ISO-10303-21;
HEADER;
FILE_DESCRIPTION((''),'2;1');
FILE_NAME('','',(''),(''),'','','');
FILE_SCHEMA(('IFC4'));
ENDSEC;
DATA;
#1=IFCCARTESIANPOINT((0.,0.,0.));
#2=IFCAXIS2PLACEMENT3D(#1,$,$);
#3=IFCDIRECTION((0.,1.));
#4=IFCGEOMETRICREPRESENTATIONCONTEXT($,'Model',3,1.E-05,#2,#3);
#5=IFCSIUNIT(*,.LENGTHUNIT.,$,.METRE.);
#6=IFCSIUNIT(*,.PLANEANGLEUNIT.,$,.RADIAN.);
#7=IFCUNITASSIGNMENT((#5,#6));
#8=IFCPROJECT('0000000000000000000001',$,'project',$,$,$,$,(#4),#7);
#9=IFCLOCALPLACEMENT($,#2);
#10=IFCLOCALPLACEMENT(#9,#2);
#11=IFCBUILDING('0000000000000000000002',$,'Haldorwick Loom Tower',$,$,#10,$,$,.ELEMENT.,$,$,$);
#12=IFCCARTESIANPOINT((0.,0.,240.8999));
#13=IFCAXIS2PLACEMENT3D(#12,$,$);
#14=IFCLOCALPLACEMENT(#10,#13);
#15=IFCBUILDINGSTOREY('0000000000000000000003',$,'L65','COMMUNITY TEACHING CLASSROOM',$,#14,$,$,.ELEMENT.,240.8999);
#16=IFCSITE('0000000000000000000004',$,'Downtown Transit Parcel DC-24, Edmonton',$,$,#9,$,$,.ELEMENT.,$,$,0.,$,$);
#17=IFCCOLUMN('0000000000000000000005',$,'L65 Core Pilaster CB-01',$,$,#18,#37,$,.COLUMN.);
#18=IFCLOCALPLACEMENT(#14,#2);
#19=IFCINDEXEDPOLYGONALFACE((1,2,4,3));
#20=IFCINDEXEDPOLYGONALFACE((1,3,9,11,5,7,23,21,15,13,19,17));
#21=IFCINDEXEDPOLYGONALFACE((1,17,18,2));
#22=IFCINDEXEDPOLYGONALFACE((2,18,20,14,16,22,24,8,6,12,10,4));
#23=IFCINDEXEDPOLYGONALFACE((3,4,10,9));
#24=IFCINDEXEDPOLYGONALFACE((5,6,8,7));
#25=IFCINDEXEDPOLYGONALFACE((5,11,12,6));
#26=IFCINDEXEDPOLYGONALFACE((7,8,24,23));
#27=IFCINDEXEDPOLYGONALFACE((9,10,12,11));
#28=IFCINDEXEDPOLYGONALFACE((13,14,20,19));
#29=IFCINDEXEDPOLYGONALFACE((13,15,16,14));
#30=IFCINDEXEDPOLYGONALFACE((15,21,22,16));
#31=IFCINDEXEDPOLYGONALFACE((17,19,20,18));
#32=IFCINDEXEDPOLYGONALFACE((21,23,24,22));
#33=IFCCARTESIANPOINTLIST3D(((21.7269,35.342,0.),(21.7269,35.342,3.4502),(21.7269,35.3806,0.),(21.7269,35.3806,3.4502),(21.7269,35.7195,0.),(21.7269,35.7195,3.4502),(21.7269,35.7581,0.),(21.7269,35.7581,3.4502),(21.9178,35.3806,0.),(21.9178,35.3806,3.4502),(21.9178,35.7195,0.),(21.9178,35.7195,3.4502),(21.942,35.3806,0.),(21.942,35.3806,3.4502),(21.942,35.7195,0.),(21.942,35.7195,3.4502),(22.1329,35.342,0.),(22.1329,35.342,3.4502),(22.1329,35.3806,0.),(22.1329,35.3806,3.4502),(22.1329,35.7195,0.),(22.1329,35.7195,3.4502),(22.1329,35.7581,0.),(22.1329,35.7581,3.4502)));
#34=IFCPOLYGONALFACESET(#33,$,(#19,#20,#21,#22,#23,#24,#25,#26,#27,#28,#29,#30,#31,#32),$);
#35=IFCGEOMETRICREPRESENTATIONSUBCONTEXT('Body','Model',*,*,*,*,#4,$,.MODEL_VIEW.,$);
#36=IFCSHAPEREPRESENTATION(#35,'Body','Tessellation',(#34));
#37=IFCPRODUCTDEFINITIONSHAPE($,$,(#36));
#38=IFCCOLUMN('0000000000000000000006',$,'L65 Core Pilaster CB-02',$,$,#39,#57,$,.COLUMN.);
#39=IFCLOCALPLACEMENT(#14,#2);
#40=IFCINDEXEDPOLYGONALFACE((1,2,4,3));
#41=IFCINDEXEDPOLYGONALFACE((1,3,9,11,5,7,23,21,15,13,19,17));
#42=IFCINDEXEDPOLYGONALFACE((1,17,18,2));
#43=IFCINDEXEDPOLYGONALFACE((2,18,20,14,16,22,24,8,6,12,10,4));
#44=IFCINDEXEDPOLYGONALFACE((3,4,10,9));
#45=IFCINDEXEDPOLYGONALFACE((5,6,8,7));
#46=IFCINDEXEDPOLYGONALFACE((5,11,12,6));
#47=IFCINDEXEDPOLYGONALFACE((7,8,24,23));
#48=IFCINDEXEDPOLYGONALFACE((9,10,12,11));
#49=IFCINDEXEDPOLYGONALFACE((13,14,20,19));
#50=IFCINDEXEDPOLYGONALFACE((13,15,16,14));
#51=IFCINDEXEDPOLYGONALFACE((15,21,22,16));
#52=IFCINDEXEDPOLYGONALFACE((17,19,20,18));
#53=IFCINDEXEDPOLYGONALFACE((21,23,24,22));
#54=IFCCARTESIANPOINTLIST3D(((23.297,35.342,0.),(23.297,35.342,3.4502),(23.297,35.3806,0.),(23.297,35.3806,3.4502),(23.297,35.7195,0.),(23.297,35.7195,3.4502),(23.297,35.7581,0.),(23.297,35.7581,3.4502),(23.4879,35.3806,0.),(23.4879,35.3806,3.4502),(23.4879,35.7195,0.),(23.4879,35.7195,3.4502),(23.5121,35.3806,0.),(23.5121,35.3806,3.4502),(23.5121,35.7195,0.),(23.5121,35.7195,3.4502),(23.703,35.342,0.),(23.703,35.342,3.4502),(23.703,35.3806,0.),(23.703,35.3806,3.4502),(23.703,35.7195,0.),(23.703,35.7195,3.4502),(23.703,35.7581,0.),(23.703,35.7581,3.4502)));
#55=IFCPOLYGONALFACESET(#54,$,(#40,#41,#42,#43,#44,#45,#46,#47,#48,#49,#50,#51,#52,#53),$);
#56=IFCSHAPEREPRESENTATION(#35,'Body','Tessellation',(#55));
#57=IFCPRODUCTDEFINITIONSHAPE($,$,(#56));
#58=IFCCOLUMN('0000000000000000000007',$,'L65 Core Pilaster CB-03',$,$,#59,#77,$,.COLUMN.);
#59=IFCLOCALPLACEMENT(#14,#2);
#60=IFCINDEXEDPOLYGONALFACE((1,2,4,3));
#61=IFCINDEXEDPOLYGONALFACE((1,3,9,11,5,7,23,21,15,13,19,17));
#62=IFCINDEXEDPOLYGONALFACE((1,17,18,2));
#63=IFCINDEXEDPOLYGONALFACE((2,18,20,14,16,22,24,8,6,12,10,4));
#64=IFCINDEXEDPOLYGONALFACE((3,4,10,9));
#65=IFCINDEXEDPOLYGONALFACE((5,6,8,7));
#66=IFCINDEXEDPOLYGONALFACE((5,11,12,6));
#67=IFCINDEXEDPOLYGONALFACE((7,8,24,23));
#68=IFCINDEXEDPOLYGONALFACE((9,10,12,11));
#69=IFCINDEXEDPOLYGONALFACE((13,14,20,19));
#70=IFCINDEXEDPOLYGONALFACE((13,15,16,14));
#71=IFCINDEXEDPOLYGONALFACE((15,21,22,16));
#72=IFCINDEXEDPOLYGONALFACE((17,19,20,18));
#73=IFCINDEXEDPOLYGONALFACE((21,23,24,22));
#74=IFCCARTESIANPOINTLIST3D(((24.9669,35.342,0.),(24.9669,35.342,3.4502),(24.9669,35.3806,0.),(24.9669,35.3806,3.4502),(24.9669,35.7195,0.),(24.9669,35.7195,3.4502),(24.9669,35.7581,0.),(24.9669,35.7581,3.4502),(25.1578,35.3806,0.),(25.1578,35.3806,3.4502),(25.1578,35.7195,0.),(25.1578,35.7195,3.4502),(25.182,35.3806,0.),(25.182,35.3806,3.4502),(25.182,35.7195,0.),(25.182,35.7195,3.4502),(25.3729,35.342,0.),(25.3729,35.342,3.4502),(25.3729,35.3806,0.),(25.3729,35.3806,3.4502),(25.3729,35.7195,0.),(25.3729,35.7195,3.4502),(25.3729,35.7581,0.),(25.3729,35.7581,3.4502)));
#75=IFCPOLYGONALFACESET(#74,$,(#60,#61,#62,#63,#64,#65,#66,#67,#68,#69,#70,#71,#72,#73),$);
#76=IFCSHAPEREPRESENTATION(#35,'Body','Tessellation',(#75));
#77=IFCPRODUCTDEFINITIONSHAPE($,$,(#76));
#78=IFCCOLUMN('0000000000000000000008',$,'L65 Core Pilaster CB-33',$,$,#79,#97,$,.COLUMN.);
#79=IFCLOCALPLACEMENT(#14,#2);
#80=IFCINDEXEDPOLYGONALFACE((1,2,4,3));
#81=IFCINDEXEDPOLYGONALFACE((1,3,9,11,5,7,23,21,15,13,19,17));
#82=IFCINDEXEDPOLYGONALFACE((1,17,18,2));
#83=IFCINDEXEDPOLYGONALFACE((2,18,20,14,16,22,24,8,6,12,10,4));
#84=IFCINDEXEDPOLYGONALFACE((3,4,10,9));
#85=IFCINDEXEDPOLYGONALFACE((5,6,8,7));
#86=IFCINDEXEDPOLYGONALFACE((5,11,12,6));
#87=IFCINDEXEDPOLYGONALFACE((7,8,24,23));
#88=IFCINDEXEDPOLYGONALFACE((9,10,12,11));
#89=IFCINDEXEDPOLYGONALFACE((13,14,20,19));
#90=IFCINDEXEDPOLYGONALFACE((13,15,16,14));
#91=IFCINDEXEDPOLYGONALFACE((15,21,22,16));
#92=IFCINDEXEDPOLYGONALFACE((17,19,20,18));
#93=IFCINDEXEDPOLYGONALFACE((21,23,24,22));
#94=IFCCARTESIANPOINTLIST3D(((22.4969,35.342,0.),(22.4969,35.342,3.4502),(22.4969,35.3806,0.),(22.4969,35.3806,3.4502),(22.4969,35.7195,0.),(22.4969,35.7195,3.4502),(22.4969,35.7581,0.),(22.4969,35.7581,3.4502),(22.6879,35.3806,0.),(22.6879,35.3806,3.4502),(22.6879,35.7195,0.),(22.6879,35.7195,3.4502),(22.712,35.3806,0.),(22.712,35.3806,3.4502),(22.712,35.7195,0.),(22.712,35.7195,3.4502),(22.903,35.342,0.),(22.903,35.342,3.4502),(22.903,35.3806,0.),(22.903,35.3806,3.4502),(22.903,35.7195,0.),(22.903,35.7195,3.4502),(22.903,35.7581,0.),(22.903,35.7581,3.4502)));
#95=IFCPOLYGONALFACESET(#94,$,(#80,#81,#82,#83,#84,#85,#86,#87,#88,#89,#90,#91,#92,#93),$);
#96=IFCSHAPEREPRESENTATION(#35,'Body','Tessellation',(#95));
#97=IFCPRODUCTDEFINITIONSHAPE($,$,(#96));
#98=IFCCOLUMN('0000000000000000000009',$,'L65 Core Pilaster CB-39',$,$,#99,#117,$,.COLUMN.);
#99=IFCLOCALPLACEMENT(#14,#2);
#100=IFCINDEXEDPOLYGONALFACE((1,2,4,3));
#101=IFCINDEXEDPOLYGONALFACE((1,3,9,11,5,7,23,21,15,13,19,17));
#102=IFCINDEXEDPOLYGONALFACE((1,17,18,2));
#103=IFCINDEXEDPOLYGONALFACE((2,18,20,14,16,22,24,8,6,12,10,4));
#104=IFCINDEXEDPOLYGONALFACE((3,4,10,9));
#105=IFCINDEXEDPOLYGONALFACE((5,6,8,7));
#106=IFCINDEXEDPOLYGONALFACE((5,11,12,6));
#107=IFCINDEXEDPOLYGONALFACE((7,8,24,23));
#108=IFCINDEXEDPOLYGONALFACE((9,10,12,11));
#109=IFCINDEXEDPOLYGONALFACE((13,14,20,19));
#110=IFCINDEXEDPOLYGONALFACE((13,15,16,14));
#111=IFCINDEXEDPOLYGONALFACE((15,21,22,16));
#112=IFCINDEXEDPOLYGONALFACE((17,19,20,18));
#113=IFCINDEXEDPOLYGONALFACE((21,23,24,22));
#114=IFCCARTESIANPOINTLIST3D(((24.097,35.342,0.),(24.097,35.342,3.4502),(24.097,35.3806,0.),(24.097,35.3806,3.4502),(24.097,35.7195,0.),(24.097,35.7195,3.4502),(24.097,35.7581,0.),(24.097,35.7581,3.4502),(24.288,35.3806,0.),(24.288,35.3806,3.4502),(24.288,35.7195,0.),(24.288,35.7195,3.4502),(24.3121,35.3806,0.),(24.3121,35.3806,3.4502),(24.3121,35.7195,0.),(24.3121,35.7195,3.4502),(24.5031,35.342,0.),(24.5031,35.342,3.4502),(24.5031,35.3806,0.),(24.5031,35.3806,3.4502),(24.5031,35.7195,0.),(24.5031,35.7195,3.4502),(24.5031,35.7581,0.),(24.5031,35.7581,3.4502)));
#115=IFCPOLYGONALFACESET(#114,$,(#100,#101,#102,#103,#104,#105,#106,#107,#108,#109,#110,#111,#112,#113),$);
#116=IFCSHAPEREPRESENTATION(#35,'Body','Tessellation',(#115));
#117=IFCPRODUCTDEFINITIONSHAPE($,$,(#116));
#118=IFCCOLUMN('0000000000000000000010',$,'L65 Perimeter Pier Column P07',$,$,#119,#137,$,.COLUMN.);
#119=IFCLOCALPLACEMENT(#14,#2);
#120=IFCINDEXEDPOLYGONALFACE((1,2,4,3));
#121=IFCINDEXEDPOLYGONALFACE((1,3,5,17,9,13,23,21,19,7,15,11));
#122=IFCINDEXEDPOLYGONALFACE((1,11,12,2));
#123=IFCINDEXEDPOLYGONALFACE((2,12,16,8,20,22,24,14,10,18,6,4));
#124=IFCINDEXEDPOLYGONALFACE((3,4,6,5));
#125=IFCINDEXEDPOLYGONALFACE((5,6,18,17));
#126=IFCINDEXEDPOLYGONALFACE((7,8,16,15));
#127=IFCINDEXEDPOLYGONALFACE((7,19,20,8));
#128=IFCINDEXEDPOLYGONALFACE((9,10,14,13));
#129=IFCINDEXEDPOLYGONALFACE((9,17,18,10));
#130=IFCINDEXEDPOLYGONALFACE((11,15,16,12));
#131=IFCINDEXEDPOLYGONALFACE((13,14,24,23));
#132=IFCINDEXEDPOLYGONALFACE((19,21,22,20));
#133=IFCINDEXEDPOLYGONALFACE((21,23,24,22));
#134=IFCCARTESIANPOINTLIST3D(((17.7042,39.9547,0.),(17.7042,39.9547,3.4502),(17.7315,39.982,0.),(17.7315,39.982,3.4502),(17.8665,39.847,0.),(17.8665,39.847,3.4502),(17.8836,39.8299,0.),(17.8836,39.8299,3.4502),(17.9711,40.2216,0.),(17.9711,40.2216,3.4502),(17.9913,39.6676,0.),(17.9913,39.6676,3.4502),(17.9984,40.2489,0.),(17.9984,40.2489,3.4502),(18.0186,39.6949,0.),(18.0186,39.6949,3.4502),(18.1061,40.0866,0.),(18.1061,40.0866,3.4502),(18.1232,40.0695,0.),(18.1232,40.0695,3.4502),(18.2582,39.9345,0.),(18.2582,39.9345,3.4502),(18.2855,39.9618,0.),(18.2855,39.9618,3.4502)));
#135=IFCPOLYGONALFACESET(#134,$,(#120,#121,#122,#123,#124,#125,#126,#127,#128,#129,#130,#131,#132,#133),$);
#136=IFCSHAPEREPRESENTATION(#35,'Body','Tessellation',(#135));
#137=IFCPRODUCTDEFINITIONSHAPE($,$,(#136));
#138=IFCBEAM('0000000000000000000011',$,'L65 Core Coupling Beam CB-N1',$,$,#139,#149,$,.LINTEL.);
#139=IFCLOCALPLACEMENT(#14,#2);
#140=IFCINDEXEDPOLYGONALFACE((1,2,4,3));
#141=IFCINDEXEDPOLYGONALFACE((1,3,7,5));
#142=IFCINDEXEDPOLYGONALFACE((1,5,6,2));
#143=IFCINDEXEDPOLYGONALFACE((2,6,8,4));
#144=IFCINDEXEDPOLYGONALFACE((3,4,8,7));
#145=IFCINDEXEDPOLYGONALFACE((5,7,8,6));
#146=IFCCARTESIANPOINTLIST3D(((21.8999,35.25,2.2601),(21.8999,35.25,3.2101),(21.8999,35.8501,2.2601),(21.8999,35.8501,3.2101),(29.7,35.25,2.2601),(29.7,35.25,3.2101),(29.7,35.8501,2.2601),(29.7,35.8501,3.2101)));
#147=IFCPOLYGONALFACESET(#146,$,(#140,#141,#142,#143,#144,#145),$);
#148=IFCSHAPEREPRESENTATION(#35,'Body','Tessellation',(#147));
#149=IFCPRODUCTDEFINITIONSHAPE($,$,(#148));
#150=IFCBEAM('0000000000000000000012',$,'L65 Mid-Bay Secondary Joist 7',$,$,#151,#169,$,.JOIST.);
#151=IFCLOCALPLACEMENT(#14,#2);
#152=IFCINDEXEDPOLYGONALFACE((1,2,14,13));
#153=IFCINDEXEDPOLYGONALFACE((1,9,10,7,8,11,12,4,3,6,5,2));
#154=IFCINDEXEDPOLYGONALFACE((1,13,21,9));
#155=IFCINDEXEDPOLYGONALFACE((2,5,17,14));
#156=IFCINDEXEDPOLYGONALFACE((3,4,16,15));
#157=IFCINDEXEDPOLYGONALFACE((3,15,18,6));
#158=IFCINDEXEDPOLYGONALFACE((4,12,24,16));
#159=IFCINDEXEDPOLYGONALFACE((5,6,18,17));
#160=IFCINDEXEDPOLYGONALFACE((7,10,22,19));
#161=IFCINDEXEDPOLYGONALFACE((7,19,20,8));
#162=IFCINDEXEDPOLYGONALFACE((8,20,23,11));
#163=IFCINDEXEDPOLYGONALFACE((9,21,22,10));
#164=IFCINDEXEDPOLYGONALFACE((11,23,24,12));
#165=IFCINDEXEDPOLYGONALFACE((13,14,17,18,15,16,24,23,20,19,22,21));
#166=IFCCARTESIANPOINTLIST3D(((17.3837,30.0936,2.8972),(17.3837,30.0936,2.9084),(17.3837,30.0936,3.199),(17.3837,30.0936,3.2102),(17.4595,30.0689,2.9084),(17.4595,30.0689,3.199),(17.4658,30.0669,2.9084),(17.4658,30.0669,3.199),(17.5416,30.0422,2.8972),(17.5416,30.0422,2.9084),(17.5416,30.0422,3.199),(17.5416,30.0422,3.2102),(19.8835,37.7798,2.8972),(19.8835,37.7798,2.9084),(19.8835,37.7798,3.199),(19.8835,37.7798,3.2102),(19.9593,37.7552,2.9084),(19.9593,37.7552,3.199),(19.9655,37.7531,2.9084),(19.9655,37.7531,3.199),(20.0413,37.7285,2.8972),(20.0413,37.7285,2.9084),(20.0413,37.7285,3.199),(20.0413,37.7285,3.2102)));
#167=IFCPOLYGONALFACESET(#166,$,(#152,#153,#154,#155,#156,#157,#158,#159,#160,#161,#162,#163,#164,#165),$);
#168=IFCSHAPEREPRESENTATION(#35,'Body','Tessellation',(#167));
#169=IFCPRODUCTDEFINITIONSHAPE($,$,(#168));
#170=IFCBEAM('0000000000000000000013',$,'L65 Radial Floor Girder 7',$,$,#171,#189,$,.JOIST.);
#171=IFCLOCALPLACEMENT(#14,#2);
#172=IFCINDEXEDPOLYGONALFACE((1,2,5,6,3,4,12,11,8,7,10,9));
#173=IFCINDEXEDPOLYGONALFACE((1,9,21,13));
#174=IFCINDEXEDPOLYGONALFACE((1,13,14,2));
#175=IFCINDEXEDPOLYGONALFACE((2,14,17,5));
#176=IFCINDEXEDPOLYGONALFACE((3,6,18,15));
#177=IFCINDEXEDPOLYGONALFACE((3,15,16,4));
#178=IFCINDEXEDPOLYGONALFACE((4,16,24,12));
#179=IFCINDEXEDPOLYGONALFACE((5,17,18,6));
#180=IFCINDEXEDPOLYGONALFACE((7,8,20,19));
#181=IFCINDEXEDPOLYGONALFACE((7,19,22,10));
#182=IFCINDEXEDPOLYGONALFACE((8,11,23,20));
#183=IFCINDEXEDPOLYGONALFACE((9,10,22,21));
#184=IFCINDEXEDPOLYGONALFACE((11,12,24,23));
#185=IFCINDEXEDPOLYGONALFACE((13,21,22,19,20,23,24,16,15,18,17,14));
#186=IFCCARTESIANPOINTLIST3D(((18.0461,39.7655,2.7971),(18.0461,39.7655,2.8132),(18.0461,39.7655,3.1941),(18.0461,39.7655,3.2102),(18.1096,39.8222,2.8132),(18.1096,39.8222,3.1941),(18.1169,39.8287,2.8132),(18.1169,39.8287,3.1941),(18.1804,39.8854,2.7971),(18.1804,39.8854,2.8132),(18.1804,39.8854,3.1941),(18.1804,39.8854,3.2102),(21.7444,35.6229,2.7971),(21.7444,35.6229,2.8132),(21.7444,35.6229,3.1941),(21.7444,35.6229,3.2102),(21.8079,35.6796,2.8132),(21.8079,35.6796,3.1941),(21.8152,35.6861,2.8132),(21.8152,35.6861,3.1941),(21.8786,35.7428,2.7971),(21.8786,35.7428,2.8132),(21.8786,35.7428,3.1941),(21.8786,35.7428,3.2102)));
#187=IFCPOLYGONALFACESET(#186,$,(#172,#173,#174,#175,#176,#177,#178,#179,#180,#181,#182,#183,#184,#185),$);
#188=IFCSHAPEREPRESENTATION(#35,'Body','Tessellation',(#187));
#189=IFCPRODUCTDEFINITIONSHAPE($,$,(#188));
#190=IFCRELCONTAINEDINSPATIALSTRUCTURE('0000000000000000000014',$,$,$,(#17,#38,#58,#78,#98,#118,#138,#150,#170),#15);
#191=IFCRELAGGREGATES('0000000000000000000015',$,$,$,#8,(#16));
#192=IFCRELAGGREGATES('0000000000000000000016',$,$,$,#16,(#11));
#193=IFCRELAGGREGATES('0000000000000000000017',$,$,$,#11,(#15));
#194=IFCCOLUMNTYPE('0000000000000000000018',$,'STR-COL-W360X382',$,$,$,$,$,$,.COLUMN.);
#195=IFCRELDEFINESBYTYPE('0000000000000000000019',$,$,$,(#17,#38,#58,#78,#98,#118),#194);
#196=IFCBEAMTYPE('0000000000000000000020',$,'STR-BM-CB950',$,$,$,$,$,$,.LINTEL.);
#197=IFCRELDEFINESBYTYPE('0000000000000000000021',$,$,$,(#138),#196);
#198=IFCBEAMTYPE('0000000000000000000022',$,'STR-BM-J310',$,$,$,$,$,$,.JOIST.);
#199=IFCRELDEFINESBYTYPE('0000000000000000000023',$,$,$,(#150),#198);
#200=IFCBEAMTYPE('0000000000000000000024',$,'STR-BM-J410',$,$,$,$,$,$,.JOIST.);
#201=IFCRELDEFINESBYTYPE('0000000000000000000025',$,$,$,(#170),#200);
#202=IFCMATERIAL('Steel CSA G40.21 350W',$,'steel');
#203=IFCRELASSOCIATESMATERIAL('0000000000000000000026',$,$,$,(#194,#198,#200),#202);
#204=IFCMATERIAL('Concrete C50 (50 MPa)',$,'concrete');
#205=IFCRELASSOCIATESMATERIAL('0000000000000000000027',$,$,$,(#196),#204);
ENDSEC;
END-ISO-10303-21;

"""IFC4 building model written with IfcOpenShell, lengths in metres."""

from ifc_helpers import new_model, si_unit, direction, frame, origin, origin_2d, place, context, subcontext, project, spatial, rectangle, i_section, extrude, material, material_profile, profile_set, type_object, element, save


model = new_model("IFC4")

# Units and contexts
model_context = context("Model", 3, precision=1e-05, world=origin(), true_north=direction((0.0, 1.0)))
body_context = subcontext(model_context, "Body", "Model", "MODEL_VIEW")
ifc_project = project(units=[si_unit("LENGTHUNIT", "METRE"), si_unit("PLANEANGLEUNIT", "RADIAN")], contexts=[model_context])

# Site, building, storey
site_placement = place(None, origin())
site = spatial("IfcSite", under=ifc_project, at=site_placement, Name="Downtown Transit Parcel DC-24, Edmonton", CompositionType="ELEMENT", RefElevation=0.0)
building_placement = place(site_placement, origin())
building = spatial("IfcBuilding", under=site, at=building_placement, Name="Haldorwick Loom Tower", CompositionType="ELEMENT")
storey_placement = place(building_placement, frame((0.0, 0.0, 240.8999)))
storey = spatial("IfcBuildingStorey", under=building, at=storey_placement, Name="L65", Description="COMMUNITY TEACHING CLASSROOM", CompositionType="ELEMENT", Elevation=240.8999)

# Columns
ifc_material_1 = material(Name="Steel CSA G40.21 350W", Category="steel")
ifc_material_profile_1 = material_profile(ifc_material_1, i_section(OverallWidth=0.406, OverallDepth=0.416, WebThickness=0.0242, FlangeThickness=0.0386, at=origin_2d()), Name="W360X382", Category="steel")
ifc_profile_set_1 = profile_set([ifc_material_profile_1], Name="Steel CSA G40.21 350W")
column_type = type_object("IfcColumnType", Name="STR-COL-W360X382", PredefinedType="COLUMN", material=ifc_profile_set_1)
for number, where, z_axis, x_axis, name in (
    (1, (21.9299, 35.55, 0.0), (0.0, 0.0, 1.0), (1.0, 0.0, 0.0), "L65 Core Pilaster CB-01"),
    (2, (23.5, 35.55, 0.0), (0.0, 0.0, 1.0), (1.0, 0.0, 0.0), "L65 Core Pilaster CB-02"),
    (3, (25.1699, 35.55, 0.0), (0.0, 0.0, 1.0), (1.0, 0.0, 0.0), "L65 Core Pilaster CB-03"),
    (4, (22.7, 35.55, 0.0), (0.0, 0.0, 1.0), (1.0, 0.0, 0.0), "L65 Core Pilaster CB-33"),
    (5, (24.3, 35.55, 0.0), (0.0, 0.0, 1.0), (1.0, 0.0, 0.0), "L65 Core Pilaster CB-39"),
    (6, (17.9949, 39.9583, 0.0), (0.0, 0.0, 1.0), (-0.707107, 0.707107, 0.0), "L65 Perimeter Pier Column P07"),
):
    element("IfcColumn", number, at=place(storey_placement, frame(where, z_axis=z_axis, x_axis=x_axis)), inside=storey, type_object=column_type, Name=name, PredefinedType="COLUMN", context=body_context, shape_type="SweptSolid", body=[
        extrude(i_section(OverallWidth=0.406, OverallDepth=0.416, WebThickness=0.0242, FlangeThickness=0.0386, at=origin_2d()), origin(), (0.0, 0.0, 1.0), 3.4502),
    ])

# Beams
ifc_material_2 = material(Name="Concrete C50 (50 MPa)", Category="concrete")
ifc_material_profile_2 = material_profile(ifc_material_2, rectangle(XDim=0.6001, YDim=0.95, at=origin_2d()), Name="RC600X950", Category="concrete")
ifc_profile_set_2 = profile_set([ifc_material_profile_2], Name="Concrete C50 (50 MPa)")
beam_type_1 = type_object("IfcBeamType", Name="STR-BM-CB950", PredefinedType="LINTEL", material=ifc_profile_set_2)
beam_1_placement = place(storey_placement, frame((21.8999, 35.55, 2.7351), z_axis=(1.0, 0.0, 0.0), x_axis=(0.0, 1.0, 0.0)))
element("IfcBeam", 7, at=beam_1_placement, inside=storey, type_object=beam_type_1, Name="L65 Core Coupling Beam CB-N1", PredefinedType="LINTEL", context=body_context, shape_type="SweptSolid", body=[
    extrude(rectangle(XDim=0.6001, YDim=0.95, at=origin_2d()), origin(), (0.0, 0.0, 1.0), 7.8),
])
ifc_material_profile_3 = material_profile(ifc_material_1, i_section(OverallWidth=0.166, OverallDepth=0.313, WebThickness=0.0066, FlangeThickness=0.0112, at=origin_2d()), Name="W310X45", Category="steel")
ifc_profile_set_3 = profile_set([ifc_material_profile_3], Name="Steel CSA G40.21 350W")
beam_type_2 = type_object("IfcBeamType", Name="STR-BM-J310", PredefinedType="JOIST", material=ifc_profile_set_3)
beam_2_placement = place(storey_placement, frame((19.9624, 37.7542, 3.0537), z_axis=(-0.309278, -0.950972, 0.0), x_axis=(0.950972, -0.309278, 0.0)))
element("IfcBeam", 8, at=beam_2_placement, inside=storey, type_object=beam_type_2, Name="L65 Mid-Bay Secondary Joist 7", PredefinedType="JOIST", context=body_context, shape_type="SweptSolid", body=[
    extrude(i_section(OverallWidth=0.166, OverallDepth=0.313, WebThickness=0.0066, FlangeThickness=0.0112, at=origin_2d()), origin(), (0.0, 0.0, 1.0), 8.0825),
])
ifc_material_profile_4 = material_profile(ifc_material_1, i_section(OverallWidth=0.1799, OverallDepth=0.4131, WebThickness=0.0098, FlangeThickness=0.0161, at=origin_2d()), Name="W410X74", Category="steel")
ifc_profile_set_4 = profile_set([ifc_material_profile_4], Name="Steel CSA G40.21 350W")
beam_type_3 = type_object("IfcBeamType", Name="STR-BM-J410", PredefinedType="JOIST", material=ifc_profile_set_4)
beam_3_placement = place(storey_placement, frame((21.8115, 35.6829, 3.0037), z_axis=(-0.665967, 0.745981, 0.0), x_axis=(-0.745981, -0.665967, 0.0)))
element("IfcBeam", 9, at=beam_3_placement, inside=storey, type_object=beam_type_3, Name="L65 Radial Floor Girder 7", PredefinedType="JOIST", context=body_context, shape_type="SweptSolid", body=[
    extrude(i_section(OverallWidth=0.1799, OverallDepth=0.4131, WebThickness=0.0098, FlangeThickness=0.0161, at=origin_2d()), origin(), (0.0, 0.0, 1.0), 5.5532),
])

save(model, "model.ifc")
